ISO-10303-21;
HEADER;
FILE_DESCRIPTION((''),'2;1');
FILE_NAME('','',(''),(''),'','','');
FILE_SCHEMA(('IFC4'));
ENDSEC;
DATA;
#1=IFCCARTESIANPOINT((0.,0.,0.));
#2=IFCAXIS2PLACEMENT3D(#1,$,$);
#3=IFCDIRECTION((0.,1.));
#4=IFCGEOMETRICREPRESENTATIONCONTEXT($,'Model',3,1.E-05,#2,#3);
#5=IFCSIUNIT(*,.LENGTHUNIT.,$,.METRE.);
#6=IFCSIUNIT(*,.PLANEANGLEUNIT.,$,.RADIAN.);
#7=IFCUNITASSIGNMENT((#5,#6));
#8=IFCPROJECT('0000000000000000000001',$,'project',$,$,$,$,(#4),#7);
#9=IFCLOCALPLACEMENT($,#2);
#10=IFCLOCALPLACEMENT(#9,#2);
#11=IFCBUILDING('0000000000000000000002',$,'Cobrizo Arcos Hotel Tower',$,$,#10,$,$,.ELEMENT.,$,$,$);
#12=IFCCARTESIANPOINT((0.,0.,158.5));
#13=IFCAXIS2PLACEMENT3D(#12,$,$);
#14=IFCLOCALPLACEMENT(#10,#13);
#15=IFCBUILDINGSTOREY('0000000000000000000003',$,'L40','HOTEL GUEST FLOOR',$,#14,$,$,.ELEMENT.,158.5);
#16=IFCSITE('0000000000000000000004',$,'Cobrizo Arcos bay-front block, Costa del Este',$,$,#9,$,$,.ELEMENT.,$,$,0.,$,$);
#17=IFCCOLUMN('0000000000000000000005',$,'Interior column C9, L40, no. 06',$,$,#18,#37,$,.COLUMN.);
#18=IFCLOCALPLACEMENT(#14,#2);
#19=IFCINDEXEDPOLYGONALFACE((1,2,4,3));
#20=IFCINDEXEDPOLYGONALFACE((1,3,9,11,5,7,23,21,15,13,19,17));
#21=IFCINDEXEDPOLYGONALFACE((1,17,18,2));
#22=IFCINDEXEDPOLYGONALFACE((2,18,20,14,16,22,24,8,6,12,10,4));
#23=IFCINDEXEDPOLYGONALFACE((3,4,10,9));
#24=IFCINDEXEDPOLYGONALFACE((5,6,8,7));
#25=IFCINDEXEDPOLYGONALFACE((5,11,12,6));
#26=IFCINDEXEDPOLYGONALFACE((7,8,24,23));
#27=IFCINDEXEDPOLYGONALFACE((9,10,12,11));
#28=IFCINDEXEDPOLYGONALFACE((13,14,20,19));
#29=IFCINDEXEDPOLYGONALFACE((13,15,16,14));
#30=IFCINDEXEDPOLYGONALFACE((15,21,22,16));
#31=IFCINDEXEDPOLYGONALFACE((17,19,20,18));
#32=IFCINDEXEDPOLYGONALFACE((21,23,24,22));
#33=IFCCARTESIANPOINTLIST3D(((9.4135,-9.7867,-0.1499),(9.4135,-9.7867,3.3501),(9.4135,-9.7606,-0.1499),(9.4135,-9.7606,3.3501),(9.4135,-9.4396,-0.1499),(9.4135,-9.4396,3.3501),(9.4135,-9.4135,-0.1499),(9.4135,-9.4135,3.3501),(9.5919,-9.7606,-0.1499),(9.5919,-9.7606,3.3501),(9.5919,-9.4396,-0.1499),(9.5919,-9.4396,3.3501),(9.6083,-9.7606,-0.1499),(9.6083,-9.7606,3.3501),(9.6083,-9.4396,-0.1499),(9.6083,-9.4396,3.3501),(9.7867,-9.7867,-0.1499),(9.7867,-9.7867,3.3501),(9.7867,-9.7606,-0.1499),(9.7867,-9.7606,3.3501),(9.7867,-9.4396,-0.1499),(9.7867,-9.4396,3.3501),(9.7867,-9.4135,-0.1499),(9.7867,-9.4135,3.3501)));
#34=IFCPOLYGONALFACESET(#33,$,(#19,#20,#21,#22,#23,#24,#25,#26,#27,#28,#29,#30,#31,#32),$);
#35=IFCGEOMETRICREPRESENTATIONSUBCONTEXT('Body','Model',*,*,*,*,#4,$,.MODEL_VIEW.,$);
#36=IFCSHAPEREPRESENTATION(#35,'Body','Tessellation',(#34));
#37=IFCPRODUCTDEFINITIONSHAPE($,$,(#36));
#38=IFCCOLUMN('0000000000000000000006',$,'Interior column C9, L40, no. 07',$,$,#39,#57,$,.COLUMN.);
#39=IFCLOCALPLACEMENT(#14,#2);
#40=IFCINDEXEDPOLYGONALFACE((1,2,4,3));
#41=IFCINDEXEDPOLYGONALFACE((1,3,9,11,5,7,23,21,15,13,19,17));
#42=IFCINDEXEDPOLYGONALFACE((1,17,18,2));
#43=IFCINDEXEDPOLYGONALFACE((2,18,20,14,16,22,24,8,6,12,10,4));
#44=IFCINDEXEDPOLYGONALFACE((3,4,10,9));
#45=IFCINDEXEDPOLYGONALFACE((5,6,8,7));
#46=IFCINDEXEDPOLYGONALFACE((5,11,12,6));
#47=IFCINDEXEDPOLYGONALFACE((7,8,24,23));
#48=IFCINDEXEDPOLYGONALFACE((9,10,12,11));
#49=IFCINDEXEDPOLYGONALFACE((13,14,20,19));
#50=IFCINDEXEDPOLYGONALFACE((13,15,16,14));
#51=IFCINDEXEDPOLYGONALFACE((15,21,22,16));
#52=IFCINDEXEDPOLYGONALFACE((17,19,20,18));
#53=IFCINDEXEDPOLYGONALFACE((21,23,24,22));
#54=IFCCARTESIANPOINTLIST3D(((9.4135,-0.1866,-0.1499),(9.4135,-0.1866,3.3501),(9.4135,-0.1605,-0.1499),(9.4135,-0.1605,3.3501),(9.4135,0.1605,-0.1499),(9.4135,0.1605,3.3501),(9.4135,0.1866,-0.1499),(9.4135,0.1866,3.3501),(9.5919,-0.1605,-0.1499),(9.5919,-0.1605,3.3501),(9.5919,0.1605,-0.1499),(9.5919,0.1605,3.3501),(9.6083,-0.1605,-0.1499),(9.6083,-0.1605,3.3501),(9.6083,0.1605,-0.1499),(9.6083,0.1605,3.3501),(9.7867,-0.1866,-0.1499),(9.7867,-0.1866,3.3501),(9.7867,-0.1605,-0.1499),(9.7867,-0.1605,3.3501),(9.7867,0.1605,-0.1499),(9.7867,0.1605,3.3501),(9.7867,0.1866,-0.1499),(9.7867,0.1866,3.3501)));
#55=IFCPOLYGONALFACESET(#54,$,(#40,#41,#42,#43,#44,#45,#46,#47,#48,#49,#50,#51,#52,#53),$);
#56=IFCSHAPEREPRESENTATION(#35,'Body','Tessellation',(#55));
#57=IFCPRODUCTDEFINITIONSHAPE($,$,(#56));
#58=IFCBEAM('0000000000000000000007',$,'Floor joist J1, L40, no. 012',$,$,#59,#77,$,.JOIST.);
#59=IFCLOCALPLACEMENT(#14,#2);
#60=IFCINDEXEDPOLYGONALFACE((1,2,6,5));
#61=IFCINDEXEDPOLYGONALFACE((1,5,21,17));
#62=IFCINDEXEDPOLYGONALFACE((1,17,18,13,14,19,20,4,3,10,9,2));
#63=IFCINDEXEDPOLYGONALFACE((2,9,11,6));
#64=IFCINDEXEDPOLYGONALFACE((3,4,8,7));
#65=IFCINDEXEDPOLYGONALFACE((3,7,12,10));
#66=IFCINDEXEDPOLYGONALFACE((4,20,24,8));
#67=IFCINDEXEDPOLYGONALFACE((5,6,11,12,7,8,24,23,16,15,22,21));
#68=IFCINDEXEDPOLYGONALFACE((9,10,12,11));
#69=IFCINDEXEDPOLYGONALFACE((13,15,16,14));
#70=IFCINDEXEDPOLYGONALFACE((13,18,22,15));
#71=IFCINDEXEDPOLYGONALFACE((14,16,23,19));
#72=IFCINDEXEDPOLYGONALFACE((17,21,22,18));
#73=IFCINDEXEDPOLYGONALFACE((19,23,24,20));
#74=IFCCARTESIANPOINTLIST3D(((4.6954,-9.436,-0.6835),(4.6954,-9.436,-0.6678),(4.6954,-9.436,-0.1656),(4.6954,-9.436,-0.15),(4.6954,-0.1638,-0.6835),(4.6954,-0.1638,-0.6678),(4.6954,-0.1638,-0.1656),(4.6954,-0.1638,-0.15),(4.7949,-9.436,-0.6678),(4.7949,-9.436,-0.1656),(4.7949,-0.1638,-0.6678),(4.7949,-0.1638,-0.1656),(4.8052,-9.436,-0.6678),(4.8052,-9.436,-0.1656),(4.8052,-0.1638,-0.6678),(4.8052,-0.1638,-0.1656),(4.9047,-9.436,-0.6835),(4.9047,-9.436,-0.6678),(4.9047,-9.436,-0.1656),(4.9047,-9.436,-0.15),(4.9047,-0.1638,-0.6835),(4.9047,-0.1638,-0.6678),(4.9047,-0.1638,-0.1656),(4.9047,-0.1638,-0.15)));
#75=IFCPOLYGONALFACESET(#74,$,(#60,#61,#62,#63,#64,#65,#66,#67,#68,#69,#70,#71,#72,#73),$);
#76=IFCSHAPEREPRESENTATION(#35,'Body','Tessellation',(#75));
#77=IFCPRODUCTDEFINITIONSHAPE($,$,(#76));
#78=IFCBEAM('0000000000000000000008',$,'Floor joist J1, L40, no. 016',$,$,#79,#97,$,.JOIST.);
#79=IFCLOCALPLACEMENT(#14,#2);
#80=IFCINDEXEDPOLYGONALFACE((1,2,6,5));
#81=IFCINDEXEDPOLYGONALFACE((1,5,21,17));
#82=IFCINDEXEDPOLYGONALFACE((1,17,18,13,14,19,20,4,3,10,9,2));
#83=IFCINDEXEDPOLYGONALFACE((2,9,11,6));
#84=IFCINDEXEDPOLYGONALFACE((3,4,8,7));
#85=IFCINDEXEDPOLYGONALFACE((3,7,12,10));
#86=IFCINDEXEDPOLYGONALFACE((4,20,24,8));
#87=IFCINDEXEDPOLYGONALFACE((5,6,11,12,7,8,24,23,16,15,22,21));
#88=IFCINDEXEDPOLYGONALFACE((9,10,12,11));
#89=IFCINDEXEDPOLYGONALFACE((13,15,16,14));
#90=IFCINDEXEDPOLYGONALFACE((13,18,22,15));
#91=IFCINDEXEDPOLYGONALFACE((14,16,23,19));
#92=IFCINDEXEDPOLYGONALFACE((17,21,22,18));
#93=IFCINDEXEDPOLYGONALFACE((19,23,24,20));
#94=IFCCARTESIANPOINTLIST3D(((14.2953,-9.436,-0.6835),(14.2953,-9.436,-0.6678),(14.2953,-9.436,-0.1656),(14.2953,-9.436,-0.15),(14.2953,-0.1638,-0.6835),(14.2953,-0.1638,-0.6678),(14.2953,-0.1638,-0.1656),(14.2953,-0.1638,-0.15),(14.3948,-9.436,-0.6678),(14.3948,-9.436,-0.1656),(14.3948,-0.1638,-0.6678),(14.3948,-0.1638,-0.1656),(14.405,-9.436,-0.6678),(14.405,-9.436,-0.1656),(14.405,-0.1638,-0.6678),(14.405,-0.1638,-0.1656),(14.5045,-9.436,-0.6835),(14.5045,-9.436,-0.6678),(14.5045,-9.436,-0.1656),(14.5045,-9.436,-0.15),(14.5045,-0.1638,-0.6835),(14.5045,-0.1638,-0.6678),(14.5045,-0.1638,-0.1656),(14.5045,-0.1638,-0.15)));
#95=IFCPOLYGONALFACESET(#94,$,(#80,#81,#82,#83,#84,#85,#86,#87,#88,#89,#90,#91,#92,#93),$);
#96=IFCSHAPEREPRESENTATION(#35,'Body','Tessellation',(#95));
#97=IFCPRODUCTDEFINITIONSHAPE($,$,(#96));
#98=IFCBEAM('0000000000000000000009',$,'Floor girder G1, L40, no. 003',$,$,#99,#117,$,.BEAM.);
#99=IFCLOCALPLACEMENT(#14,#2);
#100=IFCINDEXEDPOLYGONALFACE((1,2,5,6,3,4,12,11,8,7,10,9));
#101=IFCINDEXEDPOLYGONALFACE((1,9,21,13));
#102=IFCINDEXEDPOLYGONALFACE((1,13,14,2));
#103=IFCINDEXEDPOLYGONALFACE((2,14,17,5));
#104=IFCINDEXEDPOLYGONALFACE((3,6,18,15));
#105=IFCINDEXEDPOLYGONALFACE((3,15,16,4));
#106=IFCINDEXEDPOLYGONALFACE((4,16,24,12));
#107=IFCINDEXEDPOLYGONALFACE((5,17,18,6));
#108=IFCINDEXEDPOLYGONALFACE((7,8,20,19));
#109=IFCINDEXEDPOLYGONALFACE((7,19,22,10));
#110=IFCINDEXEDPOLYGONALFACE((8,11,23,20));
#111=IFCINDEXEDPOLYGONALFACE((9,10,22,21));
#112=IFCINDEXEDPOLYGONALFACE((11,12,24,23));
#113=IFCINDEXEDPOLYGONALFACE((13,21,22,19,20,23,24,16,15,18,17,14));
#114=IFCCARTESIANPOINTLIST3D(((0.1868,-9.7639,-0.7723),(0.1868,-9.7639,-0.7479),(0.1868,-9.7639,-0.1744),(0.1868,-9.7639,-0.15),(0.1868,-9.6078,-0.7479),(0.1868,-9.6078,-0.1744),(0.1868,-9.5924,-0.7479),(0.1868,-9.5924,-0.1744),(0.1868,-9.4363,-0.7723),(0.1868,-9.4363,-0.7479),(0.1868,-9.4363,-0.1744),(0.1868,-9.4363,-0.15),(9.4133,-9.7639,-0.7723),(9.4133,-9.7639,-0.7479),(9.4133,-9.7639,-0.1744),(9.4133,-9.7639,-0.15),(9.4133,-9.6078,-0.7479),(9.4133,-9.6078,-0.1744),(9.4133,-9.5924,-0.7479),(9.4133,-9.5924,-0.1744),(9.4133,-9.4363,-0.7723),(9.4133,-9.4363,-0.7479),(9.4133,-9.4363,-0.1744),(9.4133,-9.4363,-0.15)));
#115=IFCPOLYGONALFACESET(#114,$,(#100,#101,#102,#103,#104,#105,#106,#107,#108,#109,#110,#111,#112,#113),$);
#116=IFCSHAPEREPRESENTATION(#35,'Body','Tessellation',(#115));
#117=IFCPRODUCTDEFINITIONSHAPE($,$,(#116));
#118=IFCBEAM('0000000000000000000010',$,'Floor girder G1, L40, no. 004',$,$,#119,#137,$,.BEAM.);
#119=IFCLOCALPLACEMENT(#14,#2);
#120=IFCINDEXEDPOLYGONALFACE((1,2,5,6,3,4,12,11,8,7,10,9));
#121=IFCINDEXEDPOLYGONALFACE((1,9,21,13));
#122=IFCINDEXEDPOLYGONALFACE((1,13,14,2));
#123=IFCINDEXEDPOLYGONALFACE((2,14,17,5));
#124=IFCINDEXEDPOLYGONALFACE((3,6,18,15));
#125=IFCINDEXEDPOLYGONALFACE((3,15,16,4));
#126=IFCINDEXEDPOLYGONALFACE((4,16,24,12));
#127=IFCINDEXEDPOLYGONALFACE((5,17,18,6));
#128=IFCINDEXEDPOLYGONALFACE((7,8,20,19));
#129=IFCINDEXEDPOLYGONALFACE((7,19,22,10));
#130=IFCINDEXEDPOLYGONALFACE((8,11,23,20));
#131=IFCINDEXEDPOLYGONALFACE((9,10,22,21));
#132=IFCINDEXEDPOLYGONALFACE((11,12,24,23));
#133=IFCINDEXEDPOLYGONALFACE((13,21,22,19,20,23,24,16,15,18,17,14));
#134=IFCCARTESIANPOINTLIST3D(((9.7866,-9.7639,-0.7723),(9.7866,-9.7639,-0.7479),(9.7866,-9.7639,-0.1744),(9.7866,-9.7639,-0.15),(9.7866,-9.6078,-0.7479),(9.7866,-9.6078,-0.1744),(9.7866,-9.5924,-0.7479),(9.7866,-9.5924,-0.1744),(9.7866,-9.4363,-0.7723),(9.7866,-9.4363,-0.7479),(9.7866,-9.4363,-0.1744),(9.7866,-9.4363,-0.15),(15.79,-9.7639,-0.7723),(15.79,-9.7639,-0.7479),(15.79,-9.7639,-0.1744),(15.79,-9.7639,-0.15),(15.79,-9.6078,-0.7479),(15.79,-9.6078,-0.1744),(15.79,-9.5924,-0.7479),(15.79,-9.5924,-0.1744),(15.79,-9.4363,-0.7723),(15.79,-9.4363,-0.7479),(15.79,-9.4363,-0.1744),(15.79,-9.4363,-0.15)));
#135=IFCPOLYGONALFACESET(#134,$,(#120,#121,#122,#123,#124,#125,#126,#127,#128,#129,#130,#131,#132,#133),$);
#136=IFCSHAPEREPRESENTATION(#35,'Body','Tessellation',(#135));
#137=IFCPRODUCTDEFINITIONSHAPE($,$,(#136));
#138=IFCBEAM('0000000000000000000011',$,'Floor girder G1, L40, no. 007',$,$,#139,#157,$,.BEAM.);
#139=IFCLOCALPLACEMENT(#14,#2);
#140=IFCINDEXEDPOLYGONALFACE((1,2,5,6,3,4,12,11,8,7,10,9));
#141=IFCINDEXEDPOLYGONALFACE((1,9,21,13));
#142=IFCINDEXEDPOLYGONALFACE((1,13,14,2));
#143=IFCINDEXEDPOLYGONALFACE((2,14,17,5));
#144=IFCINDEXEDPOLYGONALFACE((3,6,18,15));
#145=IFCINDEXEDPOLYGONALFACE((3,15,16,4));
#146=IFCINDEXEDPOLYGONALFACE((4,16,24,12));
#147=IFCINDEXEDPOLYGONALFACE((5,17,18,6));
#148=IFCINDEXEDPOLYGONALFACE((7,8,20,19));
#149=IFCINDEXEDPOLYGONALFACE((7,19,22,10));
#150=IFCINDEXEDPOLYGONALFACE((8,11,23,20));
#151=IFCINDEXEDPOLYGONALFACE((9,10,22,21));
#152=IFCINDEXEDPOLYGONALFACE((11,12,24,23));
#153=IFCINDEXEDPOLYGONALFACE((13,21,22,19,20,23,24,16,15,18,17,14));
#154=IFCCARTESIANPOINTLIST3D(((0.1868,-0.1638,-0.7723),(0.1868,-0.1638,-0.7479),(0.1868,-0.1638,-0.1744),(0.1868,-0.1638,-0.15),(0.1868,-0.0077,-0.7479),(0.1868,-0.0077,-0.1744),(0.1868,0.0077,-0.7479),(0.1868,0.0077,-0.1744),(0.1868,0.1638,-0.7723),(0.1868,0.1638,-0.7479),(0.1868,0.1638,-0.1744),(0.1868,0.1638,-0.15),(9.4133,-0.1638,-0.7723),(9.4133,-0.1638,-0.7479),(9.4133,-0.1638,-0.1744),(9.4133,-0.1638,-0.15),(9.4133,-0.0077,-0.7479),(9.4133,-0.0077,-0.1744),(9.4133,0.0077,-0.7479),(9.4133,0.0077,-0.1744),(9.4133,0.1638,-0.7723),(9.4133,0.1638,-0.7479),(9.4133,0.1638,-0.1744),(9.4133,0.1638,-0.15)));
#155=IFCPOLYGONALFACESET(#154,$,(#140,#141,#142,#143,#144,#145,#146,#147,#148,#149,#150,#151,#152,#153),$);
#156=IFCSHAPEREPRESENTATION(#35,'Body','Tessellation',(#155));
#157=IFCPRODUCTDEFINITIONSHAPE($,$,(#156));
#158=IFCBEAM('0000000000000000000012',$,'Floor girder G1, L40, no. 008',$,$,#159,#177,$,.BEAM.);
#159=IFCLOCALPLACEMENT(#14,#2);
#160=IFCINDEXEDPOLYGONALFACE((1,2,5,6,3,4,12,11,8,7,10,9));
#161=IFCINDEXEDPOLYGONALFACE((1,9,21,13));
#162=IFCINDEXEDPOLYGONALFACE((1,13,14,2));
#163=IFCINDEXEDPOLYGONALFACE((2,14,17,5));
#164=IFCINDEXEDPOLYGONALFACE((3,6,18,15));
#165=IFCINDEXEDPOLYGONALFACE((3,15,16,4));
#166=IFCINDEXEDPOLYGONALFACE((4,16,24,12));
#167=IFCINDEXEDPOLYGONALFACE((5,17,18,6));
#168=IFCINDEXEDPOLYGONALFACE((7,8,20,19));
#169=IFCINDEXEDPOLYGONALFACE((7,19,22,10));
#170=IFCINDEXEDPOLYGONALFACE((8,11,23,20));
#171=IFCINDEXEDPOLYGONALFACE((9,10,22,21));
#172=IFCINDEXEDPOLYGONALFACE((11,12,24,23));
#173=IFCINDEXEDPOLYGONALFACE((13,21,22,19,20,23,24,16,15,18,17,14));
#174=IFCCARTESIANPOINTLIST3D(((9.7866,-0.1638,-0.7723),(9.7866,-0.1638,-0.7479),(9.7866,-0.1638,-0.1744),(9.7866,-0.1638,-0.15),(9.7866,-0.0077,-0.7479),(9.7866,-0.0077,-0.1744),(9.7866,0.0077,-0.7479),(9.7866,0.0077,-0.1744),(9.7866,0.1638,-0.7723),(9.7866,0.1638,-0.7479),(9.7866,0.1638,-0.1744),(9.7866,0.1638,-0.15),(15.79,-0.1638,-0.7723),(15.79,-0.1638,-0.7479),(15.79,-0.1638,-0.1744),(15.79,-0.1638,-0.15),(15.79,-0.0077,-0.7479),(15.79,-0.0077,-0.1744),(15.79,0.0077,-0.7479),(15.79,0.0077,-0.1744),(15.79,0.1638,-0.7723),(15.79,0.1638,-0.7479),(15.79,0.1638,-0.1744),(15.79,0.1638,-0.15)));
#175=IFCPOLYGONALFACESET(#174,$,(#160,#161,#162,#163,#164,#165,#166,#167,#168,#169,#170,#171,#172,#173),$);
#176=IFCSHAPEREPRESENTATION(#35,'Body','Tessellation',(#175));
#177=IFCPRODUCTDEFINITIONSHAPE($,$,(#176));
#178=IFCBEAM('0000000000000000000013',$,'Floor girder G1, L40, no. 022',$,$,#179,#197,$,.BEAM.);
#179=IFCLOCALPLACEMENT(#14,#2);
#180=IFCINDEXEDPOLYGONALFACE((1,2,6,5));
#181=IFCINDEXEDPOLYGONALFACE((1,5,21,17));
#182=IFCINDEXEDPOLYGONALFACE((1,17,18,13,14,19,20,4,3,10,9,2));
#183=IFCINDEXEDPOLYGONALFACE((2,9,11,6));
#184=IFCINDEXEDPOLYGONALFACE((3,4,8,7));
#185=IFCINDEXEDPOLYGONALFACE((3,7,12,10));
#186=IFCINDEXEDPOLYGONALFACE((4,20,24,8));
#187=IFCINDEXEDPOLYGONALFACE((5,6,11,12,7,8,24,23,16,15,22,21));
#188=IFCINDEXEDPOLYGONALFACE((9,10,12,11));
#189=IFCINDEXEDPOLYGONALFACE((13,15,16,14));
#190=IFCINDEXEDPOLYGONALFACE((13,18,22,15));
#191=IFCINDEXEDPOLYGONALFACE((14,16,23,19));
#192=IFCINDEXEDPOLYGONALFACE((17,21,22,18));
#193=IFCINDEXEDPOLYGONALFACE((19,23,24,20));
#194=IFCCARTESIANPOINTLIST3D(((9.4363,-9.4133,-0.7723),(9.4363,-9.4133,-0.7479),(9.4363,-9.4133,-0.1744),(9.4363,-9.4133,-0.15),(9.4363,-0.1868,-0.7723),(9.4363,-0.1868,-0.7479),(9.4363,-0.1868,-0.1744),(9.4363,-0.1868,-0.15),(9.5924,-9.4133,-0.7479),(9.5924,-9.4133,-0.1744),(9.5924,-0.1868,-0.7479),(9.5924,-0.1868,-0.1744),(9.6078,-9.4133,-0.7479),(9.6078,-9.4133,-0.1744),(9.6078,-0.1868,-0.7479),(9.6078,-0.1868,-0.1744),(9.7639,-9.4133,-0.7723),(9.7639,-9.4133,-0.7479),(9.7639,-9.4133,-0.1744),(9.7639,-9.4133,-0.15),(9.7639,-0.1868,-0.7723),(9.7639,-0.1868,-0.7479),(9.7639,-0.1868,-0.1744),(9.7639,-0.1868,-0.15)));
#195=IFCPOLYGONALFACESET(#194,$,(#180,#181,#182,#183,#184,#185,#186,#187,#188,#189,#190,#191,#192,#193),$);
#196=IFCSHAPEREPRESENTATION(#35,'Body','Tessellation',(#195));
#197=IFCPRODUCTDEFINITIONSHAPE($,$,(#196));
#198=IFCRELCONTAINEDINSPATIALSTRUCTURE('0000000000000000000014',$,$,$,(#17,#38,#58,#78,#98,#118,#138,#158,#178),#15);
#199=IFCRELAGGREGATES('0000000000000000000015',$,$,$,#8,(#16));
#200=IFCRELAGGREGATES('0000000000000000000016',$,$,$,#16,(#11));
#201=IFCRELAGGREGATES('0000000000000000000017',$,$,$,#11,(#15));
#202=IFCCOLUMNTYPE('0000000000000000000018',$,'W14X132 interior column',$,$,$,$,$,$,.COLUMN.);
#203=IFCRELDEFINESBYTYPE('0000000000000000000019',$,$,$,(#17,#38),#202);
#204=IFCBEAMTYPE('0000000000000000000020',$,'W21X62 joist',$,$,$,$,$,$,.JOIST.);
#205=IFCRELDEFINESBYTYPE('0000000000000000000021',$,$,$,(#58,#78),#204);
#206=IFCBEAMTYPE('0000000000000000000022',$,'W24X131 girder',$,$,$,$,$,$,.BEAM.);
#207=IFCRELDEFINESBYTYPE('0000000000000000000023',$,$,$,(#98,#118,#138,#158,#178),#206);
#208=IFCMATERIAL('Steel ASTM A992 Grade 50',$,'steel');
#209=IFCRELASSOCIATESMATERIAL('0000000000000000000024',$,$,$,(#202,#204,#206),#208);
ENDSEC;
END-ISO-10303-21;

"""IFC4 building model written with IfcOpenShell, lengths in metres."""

from ifc_helpers import new_model, si_unit, direction, frame, origin, origin_2d, place, context, subcontext, project, spatial, i_section, extrude, material, material_profile, profile_set, type_object, element, save


model = new_model("IFC4")

# Units and contexts
model_context = context("Model", 3, precision=1e-05, world=origin(), true_north=direction((0.0, 1.0)))
body_context = subcontext(model_context, "Body", "Model", "MODEL_VIEW")
ifc_project = project(units=[si_unit("LENGTHUNIT", "METRE"), si_unit("PLANEANGLEUNIT", "RADIAN")], contexts=[model_context])

# Site, building, storey
site_placement = place(None, origin())
site = spatial("IfcSite", under=ifc_project, at=site_placement, Name="Cobrizo Arcos bay-front block, Costa del Este", CompositionType="ELEMENT", RefElevation=0.0)
building_placement = place(site_placement, origin())
building = spatial("IfcBuilding", under=site, at=building_placement, Name="Cobrizo Arcos Hotel Tower", CompositionType="ELEMENT")
storey_placement = place(building_placement, frame((0.0, 0.0, 158.5)))
storey = spatial("IfcBuildingStorey", under=building, at=storey_placement, Name="L40", Description="HOTEL GUEST FLOOR", CompositionType="ELEMENT", Elevation=158.5)

# Columns
ifc_material_1 = material(Name="Steel ASTM A992 Grade 50", Category="steel")
ifc_material_profile_1 = material_profile(ifc_material_1, i_section(OverallWidth=0.3733, OverallDepth=0.3733, WebThickness=0.0164, FlangeThickness=0.0261, at=origin_2d()), Name="W14X132")
ifc_profile_set_1 = profile_set([ifc_material_profile_1], Name="Steel ASTM A992 Grade 50")
column_type = type_object("IfcColumnType", Name="W14X132 interior column", PredefinedType="COLUMN", material=ifc_profile_set_1)
for number, where, z_axis, x_axis, name in (
    (1, (9.6001, -9.6001, -0.1499), (0.0, 0.0, 1.0), (1.0, 0.0, 0.0), "Interior column C9, L40, no. 06"),
    (2, (9.6001, 0.0, -0.1499), (0.0, 0.0, 1.0), (1.0, 0.0, 0.0), "Interior column C9, L40, no. 07"),
):
    element("IfcColumn", number, at=place(storey_placement, frame(where, z_axis=z_axis, x_axis=x_axis)), inside=storey, type_object=column_type, Name=name, PredefinedType="COLUMN", context=body_context, shape_type="SweptSolid", body=[
        extrude(i_section(OverallWidth=0.3733, OverallDepth=0.3733, WebThickness=0.0164, FlangeThickness=0.0261, at=origin_2d()), origin(), (0.0, 0.0, 1.0), 3.5),
    ])

# Beams
ifc_material_profile_2 = material_profile(ifc_material_1, i_section(OverallWidth=0.2092, OverallDepth=0.5334, WebThickness=0.0103, FlangeThickness=0.0156, at=origin_2d()), Name="W21X62")
ifc_profile_set_2 = profile_set([ifc_material_profile_2], Name="Steel ASTM A992 Grade 50")
beam_type_1 = type_object("IfcBeamType", Name="W21X62 joist", PredefinedType="JOIST", material=ifc_profile_set_2)
for number, where, z_axis, x_axis, name in (
    (3, (4.8, -9.436, -0.4167), (0.0, 1.0, 0.0), (-1.0, 0.0, 0.0), "Floor joist J1, L40, no. 012"),
    (4, (14.3999, -9.436, -0.4167), (0.0, 1.0, 0.0), (-1.0, 0.0, 0.0), "Floor joist J1, L40, no. 016"),
):
    element("IfcBeam", number, at=place(storey_placement, frame(where, z_axis=z_axis, x_axis=x_axis)), inside=storey, type_object=beam_type_1, Name=name, PredefinedType="JOIST", context=body_context, shape_type="SweptSolid", body=[
        extrude(i_section(OverallWidth=0.2092, OverallDepth=0.5334, WebThickness=0.0103, FlangeThickness=0.0156, at=origin_2d()), origin(), (0.0, 0.0, 1.0), 9.2722),
    ])
ifc_material_profile_3 = material_profile(ifc_material_1, i_section(OverallWidth=0.3276, OverallDepth=0.6223, WebThickness=0.0154, FlangeThickness=0.0244, at=origin_2d()), Name="W24X131")
ifc_profile_set_3 = profile_set([ifc_material_profile_3], Name="Steel ASTM A992 Grade 50")
beam_type_2 = type_object("IfcBeamType", Name="W24X131 girder", PredefinedType="BEAM", material=ifc_profile_set_3)
beam_1_placement = place(storey_placement, frame((0.1868, -9.6001, -0.4612), z_axis=(1.0, 0.0, 0.0), x_axis=(0.0, 1.0, 0.0)))
element("IfcBeam", 5, at=beam_1_placement, inside=storey, type_object=beam_type_2, Name="Floor girder G1, L40, no. 003", PredefinedType="BEAM", context=body_context, shape_type="SweptSolid", body=[
    extrude(i_section(OverallWidth=0.3276, OverallDepth=0.6223, WebThickness=0.0154, FlangeThickness=0.0244, at=origin_2d()), origin(), (0.0, 0.0, 1.0), 9.2266),
])
beam_2_placement = place(storey_placement, frame((9.7866, -9.6001, -0.4612), z_axis=(1.0, 0.0, 0.0), x_axis=(0.0, 1.0, 0.0)))
element("IfcBeam", 6, at=beam_2_placement, inside=storey, type_object=beam_type_2, Name="Floor girder G1, L40, no. 004", PredefinedType="BEAM", context=body_context, shape_type="SweptSolid", body=[
    extrude(i_section(OverallWidth=0.3276, OverallDepth=0.6223, WebThickness=0.0154, FlangeThickness=0.0244, at=origin_2d()), origin(), (0.0, 0.0, 1.0), 6.0034),
])
beam_3_placement = place(storey_placement, frame((0.1868, 0.0, -0.4612), z_axis=(1.0, 0.0, 0.0), x_axis=(0.0, 1.0, 0.0)))
element("IfcBeam", 7, at=beam_3_placement, inside=storey, type_object=beam_type_2, Name="Floor girder G1, L40, no. 007", PredefinedType="BEAM", context=body_context, shape_type="SweptSolid", body=[
    extrude(i_section(OverallWidth=0.3276, OverallDepth=0.6223, WebThickness=0.0154, FlangeThickness=0.0244, at=origin_2d()), origin(), (0.0, 0.0, 1.0), 9.2266),
])
beam_4_placement = place(storey_placement, frame((9.7866, 0.0, -0.4612), z_axis=(1.0, 0.0, 0.0), x_axis=(0.0, 1.0, 0.0)))
element("IfcBeam", 8, at=beam_4_placement, inside=storey, type_object=beam_type_2, Name="Floor girder G1, L40, no. 008", PredefinedType="BEAM", context=body_context, shape_type="SweptSolid", body=[
    extrude(i_section(OverallWidth=0.3276, OverallDepth=0.6223, WebThickness=0.0154, FlangeThickness=0.0244, at=origin_2d()), origin(), (0.0, 0.0, 1.0), 6.0034),
])
beam_5_placement = place(storey_placement, frame((9.6001, -9.4133, -0.4612), z_axis=(0.0, 1.0, 0.0), x_axis=(-1.0, 0.0, 0.0)))
element("IfcBeam", 9, at=beam_5_placement, inside=storey, type_object=beam_type_2, Name="Floor girder G1, L40, no. 022", PredefinedType="BEAM", context=body_context, shape_type="SweptSolid", body=[
    extrude(i_section(OverallWidth=0.3276, OverallDepth=0.6223, WebThickness=0.0154, FlangeThickness=0.0244, at=origin_2d()), origin(), (0.0, 0.0, 1.0), 9.2266),
])

save(model, "model.ifc")
